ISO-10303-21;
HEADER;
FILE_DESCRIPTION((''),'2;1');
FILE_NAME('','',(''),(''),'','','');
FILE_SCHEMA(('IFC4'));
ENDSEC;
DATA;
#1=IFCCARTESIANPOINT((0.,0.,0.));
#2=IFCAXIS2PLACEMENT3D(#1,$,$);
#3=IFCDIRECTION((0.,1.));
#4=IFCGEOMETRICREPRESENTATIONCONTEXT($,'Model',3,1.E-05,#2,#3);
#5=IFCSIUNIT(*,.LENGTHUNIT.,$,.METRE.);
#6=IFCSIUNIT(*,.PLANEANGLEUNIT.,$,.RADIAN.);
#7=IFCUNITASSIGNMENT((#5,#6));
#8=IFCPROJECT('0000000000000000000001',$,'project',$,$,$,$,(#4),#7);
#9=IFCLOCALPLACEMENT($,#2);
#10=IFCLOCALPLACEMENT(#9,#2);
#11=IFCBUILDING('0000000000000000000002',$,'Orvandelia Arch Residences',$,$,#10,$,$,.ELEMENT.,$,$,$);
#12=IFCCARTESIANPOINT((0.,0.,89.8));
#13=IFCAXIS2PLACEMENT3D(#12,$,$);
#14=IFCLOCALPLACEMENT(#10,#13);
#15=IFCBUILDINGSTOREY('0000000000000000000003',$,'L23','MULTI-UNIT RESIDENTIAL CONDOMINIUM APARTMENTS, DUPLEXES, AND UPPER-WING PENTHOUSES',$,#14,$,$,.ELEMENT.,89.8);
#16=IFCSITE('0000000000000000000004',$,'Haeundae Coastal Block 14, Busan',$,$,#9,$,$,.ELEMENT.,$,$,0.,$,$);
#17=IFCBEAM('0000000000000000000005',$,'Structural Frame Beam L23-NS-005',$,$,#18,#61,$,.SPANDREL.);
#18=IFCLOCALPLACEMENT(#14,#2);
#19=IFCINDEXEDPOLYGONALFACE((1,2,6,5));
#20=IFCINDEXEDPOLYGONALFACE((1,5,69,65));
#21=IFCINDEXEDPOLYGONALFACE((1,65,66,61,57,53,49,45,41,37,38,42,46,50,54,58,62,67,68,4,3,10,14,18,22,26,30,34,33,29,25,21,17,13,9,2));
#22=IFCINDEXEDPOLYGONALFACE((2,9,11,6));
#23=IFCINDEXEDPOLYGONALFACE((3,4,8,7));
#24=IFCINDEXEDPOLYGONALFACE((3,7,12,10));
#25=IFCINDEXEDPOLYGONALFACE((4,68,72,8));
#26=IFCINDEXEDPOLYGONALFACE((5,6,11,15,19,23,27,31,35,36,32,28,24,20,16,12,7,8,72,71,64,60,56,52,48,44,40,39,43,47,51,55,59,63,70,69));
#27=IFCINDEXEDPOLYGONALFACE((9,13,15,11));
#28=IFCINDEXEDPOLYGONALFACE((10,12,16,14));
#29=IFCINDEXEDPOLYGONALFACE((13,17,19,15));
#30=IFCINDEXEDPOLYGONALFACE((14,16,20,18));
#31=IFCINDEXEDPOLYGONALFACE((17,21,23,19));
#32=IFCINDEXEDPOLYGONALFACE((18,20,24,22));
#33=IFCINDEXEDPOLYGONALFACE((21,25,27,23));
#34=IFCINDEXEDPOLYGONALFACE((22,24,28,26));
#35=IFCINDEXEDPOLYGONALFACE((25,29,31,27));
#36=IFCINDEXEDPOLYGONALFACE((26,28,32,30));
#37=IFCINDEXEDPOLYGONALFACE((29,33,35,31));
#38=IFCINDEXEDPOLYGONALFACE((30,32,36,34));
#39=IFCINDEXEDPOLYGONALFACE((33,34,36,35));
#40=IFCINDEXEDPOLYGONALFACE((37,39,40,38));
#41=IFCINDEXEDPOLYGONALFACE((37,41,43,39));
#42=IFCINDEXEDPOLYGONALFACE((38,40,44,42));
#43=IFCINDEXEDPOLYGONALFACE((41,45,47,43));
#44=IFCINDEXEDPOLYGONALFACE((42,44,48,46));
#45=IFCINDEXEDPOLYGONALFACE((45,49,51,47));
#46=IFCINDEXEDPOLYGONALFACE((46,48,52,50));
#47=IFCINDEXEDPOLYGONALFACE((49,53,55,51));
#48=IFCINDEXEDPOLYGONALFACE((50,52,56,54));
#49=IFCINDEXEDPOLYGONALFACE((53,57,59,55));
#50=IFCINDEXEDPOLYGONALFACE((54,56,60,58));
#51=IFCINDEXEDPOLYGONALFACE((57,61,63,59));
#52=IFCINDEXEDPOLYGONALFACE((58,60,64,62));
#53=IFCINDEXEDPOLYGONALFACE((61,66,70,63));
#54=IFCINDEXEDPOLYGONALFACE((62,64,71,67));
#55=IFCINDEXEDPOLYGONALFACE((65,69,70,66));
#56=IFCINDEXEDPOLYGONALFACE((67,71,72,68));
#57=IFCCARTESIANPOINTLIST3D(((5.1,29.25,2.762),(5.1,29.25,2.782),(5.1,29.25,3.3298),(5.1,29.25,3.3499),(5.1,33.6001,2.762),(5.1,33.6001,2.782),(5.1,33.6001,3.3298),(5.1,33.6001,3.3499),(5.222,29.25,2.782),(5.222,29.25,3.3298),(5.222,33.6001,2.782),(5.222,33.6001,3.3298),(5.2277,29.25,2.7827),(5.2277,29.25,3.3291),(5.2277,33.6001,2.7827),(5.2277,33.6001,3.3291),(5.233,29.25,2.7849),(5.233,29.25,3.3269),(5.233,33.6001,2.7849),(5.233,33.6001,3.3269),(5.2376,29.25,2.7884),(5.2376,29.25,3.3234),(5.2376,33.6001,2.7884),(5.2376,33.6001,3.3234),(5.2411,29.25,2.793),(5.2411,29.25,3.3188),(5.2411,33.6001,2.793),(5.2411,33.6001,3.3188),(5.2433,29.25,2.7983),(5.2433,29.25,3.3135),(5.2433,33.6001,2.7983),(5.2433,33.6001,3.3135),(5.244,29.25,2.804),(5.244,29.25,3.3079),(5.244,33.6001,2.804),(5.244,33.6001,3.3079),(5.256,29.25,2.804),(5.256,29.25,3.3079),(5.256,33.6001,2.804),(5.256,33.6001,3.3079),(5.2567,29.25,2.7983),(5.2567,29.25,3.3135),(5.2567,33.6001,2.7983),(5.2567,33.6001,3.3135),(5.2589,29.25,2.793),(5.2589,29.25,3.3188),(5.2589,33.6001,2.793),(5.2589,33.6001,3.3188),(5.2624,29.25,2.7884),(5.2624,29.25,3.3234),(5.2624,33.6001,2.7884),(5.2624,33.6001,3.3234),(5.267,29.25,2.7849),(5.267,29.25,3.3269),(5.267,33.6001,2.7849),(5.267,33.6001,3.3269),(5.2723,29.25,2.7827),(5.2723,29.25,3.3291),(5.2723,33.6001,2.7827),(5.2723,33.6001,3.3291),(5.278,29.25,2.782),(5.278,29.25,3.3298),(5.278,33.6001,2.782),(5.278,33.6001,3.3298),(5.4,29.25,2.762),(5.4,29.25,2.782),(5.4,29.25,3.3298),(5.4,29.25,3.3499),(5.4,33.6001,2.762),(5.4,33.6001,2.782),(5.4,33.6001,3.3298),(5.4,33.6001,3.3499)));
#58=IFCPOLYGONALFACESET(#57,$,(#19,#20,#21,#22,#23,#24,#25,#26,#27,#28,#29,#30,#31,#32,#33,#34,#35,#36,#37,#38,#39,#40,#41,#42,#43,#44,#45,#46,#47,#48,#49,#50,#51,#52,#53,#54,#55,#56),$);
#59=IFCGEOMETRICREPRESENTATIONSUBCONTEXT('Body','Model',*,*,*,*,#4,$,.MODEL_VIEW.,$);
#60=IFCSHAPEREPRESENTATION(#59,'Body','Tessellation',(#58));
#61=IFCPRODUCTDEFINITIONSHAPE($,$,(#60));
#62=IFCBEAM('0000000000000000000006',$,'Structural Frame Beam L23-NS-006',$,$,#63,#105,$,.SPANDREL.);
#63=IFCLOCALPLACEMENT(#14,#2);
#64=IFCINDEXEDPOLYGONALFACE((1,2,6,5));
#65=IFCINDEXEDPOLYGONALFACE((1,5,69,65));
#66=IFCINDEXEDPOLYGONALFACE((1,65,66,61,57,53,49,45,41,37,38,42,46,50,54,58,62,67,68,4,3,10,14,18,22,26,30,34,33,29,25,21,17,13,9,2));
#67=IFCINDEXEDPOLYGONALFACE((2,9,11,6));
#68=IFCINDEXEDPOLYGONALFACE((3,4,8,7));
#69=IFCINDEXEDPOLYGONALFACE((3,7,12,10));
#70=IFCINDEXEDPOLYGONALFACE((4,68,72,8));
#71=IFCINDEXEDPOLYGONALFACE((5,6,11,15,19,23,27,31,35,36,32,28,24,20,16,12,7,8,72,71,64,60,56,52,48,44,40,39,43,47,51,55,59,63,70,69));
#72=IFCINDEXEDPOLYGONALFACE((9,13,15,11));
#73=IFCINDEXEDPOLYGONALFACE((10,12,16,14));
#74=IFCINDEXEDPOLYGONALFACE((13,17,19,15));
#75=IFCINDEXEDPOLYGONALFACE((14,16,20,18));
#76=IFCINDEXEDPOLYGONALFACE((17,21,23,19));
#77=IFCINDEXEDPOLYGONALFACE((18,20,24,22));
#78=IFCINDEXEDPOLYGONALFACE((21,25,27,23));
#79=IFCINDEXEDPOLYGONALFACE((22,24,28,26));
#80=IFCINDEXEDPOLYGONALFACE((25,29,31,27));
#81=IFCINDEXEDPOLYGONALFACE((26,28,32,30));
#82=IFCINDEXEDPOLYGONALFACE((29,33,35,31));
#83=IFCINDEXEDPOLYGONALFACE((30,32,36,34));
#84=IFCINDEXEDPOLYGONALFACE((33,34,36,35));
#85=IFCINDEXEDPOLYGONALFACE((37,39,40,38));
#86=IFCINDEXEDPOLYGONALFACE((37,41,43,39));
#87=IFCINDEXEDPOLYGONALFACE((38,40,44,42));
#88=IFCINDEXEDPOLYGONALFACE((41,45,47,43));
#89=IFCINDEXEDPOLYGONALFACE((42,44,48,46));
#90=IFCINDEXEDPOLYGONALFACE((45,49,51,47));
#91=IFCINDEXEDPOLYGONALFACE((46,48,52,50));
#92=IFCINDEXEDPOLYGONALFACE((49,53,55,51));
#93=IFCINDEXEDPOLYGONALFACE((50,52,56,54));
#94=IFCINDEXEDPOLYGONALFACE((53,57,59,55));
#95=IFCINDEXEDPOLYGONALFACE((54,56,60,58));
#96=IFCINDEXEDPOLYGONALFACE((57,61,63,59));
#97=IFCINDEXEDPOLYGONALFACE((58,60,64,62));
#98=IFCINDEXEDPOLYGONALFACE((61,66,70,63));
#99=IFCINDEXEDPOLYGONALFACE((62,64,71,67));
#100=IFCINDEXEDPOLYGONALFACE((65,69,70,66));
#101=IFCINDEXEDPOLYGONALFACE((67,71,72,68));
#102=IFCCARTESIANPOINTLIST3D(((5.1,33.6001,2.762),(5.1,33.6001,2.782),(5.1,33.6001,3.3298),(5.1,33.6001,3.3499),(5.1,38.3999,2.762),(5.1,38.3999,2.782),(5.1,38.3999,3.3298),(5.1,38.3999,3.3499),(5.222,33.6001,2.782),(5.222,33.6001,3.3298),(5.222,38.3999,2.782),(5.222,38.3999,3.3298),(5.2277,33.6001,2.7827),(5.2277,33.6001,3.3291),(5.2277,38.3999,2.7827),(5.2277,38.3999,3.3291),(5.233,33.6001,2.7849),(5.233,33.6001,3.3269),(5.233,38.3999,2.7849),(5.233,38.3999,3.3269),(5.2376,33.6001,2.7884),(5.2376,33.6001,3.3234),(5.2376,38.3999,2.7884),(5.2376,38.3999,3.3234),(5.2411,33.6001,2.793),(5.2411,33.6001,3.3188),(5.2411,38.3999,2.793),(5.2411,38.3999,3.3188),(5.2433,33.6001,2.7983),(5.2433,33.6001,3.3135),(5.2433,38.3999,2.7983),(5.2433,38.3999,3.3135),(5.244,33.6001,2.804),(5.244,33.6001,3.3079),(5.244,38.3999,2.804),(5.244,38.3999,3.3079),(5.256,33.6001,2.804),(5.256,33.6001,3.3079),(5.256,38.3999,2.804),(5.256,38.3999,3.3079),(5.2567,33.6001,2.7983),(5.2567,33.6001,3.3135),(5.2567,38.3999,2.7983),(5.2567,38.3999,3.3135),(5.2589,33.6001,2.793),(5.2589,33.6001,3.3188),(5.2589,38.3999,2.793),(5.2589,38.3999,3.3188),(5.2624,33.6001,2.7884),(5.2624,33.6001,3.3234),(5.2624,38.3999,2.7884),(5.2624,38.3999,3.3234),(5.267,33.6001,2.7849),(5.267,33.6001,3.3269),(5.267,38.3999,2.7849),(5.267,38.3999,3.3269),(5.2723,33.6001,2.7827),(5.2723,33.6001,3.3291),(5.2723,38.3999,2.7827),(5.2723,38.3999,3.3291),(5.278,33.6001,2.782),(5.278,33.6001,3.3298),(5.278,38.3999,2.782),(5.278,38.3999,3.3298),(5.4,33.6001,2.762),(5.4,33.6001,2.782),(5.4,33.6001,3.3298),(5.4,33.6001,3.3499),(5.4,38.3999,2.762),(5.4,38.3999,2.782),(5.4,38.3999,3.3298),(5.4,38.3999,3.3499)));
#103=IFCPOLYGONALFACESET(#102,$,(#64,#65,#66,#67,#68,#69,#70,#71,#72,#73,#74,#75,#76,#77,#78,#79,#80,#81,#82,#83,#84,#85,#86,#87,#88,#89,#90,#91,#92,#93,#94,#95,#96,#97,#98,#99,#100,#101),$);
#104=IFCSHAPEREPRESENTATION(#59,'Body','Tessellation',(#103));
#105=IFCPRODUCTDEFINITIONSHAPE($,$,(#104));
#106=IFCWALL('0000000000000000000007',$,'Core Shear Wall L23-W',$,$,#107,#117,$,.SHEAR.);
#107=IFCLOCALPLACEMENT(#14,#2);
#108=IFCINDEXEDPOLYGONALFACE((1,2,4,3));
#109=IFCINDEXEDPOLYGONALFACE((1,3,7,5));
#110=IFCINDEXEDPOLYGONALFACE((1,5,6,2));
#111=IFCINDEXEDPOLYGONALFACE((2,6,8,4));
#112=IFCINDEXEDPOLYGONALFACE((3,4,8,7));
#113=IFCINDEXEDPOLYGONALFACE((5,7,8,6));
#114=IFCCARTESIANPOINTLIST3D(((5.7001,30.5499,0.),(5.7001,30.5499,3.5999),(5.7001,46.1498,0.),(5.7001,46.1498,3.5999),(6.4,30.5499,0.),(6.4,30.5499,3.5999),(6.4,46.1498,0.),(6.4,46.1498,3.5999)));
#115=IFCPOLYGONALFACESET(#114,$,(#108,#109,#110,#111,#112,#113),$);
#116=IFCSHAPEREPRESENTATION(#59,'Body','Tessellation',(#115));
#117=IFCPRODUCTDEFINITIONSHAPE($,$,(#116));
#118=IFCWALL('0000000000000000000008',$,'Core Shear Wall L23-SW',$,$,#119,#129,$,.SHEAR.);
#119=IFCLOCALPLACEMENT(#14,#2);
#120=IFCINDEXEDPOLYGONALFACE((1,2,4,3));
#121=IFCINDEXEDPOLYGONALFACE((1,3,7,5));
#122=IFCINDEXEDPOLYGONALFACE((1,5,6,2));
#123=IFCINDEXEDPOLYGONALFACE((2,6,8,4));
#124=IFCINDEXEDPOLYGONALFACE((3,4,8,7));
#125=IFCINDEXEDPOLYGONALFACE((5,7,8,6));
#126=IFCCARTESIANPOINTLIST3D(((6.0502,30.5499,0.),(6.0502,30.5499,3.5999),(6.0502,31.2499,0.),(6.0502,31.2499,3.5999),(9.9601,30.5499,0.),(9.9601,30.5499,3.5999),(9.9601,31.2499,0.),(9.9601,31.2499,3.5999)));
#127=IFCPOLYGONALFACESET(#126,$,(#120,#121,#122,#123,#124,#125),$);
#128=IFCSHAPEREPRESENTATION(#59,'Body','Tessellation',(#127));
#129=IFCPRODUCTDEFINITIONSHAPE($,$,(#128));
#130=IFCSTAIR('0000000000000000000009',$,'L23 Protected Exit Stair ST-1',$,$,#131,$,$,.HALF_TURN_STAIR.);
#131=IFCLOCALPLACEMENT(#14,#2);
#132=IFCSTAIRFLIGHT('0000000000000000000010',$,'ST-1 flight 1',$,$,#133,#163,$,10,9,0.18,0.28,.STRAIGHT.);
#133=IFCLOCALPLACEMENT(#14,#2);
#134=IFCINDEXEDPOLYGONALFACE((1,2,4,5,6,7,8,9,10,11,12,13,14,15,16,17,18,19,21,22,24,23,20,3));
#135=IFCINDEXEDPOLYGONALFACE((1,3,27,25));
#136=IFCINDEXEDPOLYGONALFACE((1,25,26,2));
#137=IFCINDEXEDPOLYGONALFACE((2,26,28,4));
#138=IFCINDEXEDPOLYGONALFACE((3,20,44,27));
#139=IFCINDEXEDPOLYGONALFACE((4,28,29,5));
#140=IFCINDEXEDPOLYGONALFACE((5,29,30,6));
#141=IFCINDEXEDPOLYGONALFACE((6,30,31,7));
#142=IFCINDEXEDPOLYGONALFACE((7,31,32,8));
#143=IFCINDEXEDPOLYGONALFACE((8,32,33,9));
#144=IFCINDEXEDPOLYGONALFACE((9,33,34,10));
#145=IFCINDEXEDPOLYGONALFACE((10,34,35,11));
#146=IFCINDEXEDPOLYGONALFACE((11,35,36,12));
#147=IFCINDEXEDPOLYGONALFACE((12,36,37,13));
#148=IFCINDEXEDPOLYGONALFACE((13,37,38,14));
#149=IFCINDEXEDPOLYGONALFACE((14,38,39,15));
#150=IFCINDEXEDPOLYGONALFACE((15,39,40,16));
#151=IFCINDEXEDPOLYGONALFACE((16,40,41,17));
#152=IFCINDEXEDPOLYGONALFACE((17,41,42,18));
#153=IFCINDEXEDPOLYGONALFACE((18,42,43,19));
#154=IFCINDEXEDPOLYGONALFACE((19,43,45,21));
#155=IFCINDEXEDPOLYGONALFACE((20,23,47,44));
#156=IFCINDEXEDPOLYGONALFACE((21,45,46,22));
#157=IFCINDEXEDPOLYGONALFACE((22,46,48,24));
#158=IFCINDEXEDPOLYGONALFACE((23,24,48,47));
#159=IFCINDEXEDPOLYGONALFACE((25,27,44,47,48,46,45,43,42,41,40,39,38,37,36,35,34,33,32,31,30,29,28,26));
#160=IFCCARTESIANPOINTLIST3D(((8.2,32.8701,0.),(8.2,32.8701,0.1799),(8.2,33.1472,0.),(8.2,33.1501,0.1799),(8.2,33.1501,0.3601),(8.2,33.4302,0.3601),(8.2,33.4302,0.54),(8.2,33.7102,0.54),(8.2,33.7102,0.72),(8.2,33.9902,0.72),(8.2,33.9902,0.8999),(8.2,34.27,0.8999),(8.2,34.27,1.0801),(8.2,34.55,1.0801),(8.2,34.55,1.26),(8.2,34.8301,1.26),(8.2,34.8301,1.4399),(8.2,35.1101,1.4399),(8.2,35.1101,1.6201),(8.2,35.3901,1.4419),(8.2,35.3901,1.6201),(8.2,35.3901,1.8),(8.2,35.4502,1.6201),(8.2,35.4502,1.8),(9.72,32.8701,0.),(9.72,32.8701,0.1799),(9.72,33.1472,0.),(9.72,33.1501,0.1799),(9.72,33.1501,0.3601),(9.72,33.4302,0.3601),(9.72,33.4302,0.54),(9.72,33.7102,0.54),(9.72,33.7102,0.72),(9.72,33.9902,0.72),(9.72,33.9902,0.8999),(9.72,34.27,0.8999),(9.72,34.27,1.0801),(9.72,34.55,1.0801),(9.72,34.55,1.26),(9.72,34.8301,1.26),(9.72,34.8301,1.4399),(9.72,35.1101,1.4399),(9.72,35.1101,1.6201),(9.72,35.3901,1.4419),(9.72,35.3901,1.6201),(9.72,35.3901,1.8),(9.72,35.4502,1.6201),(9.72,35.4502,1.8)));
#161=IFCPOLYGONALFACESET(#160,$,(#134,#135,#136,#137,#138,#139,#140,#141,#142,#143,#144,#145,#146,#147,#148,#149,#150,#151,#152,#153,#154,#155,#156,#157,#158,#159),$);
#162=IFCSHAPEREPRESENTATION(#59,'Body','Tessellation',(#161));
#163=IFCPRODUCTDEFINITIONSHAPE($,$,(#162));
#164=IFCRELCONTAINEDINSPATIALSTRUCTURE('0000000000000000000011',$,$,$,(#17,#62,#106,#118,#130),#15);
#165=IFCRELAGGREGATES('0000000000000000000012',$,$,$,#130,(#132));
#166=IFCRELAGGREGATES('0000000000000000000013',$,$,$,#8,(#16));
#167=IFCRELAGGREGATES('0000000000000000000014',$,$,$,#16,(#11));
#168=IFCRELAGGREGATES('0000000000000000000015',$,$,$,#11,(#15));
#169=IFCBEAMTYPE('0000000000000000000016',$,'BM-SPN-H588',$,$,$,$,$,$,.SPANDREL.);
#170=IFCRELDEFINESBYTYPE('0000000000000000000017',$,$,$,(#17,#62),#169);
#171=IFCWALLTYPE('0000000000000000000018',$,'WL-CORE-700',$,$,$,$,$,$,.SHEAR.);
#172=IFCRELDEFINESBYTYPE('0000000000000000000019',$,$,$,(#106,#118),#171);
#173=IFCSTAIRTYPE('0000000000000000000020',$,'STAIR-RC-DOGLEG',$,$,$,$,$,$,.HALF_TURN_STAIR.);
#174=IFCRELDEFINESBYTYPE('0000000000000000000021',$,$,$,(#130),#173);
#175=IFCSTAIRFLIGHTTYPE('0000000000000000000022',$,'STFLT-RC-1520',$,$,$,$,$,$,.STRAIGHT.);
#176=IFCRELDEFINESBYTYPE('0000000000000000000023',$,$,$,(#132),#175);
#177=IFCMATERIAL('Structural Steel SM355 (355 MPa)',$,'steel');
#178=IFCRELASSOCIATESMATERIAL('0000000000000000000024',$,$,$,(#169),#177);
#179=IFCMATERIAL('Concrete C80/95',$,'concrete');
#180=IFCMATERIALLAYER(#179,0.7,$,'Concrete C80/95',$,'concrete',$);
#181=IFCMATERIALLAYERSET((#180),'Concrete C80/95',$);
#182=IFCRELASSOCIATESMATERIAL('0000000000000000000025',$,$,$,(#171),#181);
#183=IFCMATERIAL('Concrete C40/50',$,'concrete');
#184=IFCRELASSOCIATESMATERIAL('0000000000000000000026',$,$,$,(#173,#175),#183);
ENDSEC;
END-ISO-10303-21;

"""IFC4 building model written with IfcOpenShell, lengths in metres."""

from ifc_helpers import new_model, si_unit, direction, frame, frame_2d, origin, origin_2d, place, context, subcontext, project, spatial, polyline, rectangle, i_section, outline, extrude, material, layer, layer_set, material_profile, profile_set, type_object, element, aggregate, save


model = new_model("IFC4")

# Units and contexts
model_context = context("Model", 3, precision=1e-05, world=origin(), true_north=direction((0.0, 1.0)))
body_context = subcontext(model_context, "Body", "Model", "MODEL_VIEW")
ifc_project = project(units=[si_unit("LENGTHUNIT", "METRE"), si_unit("PLANEANGLEUNIT", "RADIAN")], contexts=[model_context])

# Site, building, storey
site_placement = place(None, origin())
site = spatial("IfcSite", under=ifc_project, at=site_placement, Name="Haeundae Coastal Block 14, Busan", CompositionType="ELEMENT", RefElevation=0.0)
building_placement = place(site_placement, origin())
building = spatial("IfcBuilding", under=site, at=building_placement, Name="Orvandelia Arch Residences", CompositionType="ELEMENT")
storey_placement = place(building_placement, frame((0.0, 0.0, 89.8)))
storey = spatial("IfcBuildingStorey", under=building, at=storey_placement, Name="L23", Description="MULTI-UNIT RESIDENTIAL CONDOMINIUM APARTMENTS, DUPLEXES, AND UPPER-WING PENTHOUSES", CompositionType="ELEMENT", Elevation=89.8)

# Shared definitions
ifc_material_1 = material(Name="Concrete C80/95", Category="concrete")

# Beams
ifc_material_2 = material(Name="Structural Steel SM355 (355 MPa)", Category="steel")
ifc_material_profile_1 = material_profile(ifc_material_2, i_section(OverallWidth=0.3, OverallDepth=0.5879, WebThickness=0.012, FlangeThickness=0.02, FilletRadius=0.022, at=origin_2d()), Name="Structural Steel SM355 (355 MPa)", Category="steel")
ifc_profile_set_1 = profile_set([ifc_material_profile_1], Name="Structural Steel SM355 (355 MPa)")
beam_type_1 = type_object("IfcBeamType", Name="BM-SPN-H588", PredefinedType="SPANDREL", material=ifc_profile_set_1)
beam_1_placement = place(storey_placement, frame((5.25, 29.25, 3.0559), z_axis=(0.0, 1.0, 0.0), x_axis=(-1.0, 0.0, 0.0)))
element("IfcBeam", 1, at=beam_1_placement, inside=storey, type_object=beam_type_1, Name="Structural Frame Beam L23-NS-005", PredefinedType="SPANDREL", context=body_context, shape_type="SweptSolid", body=[
    extrude(i_section(OverallWidth=0.3, OverallDepth=0.5879, WebThickness=0.012, FlangeThickness=0.02, FilletRadius=0.022, at=origin_2d()), origin(), (0.0, 0.0, 1.0), 4.3501),
])
beam_2_placement = place(storey_placement, frame((5.25, 33.6001, 3.0559), z_axis=(0.0, 1.0, 0.0), x_axis=(-1.0, 0.0, 0.0)))
element("IfcBeam", 2, at=beam_2_placement, inside=storey, type_object=beam_type_1, Name="Structural Frame Beam L23-NS-006", PredefinedType="SPANDREL", context=body_context, shape_type="SweptSolid", body=[
    extrude(i_section(OverallWidth=0.3, OverallDepth=0.5879, WebThickness=0.012, FlangeThickness=0.02, FilletRadius=0.022, at=origin_2d()), origin(), (0.0, 0.0, 1.0), 4.7998),
])

# Walls
ifc_layer = layer(ifc_material_1, 0.7, Name="Concrete C80/95", Category="concrete")
ifc_layer_set = layer_set([ifc_layer], Name="Concrete C80/95")
wall_type = type_object("IfcWallType", Name="WL-CORE-700", PredefinedType="SHEAR", material=ifc_layer_set)
wall_1_placement = place(storey_placement, frame((6.05, 30.55, 0.0), z_axis=(0.0, 0.0, 1.0), x_axis=(0.0, 1.0, 0.0)))
element("IfcWall", 3, at=wall_1_placement, inside=storey, type_object=wall_type, Name="Core Shear Wall L23-W", PredefinedType="SHEAR", context=body_context, shape_type="SweptSolid", body=[
    extrude(rectangle(XDim=15.5999, YDim=0.7, at=frame_2d((7.7998, 0.0))), origin(), (0.0, 0.0, 1.0), 3.5999),
])
wall_2_placement = place(storey_placement, frame((6.05, 30.8999, 0.0), z_axis=(0.0, 0.0, 1.0), x_axis=(1.0, 0.0, 0.0)))
element("IfcWall", 4, at=wall_2_placement, inside=storey, type_object=wall_type, Name="Core Shear Wall L23-SW", PredefinedType="SHEAR", context=body_context, shape_type="SweptSolid", body=[
    extrude(rectangle(XDim=3.9099, YDim=0.7, at=frame_2d((1.9551, 0.0))), origin(), (0.0, 0.0, 1.0), 3.5999),
])

# Stair, stair flight
ifc_material_3 = material(Name="Concrete C40/50", Category="concrete")
stair_type = type_object("IfcStairType", Name="STAIR-RC-DOGLEG", PredefinedType="HALF_TURN_STAIR", material=ifc_material_3)
stair_placement = place(storey_placement, origin())
stair = element("IfcStair", 5, at=stair_placement, inside=storey, type_object=stair_type, Name="L23 Protected Exit Stair ST-1", PredefinedType="HALF_TURN_STAIR")
stair_flight_type = type_object("IfcStairFlightType", Name="STFLT-RC-1520", PredefinedType="STRAIGHT", material=ifc_material_3)
stair_flight_1_placement = place(storey_placement, frame((8.96, 32.8701, 0.0), z_axis=(0.0, 0.0, 1.0), x_axis=(0.0, 1.0, 0.0)))
stair_flight_1 = element("IfcStairFlight", 6, at=stair_flight_1_placement, type_object=stair_flight_type, Name="ST-1 flight 1", NumberOfRisers=10, NumberOfTreads=9, PredefinedType="STRAIGHT", RiserHeight=0.18, TreadLength=0.28, context=body_context, shape_type="SweptSolid", body=[
    extrude(outline(polyline([(0.0, 0.0), (0.0, 0.1799), (0.28, 0.1799), (0.28, 0.3601), (0.5601, 0.3601), (0.5601, 0.54), (0.8401, 0.54), (0.8401, 0.72), (1.1201, 0.72), (1.1201, 0.8999), (1.3999, 0.8999), (1.3999, 1.0801), (1.6799, 1.0801), (1.6799, 1.26), (1.96, 1.26), (1.96, 1.4399), (2.24, 1.4399), (2.24, 1.6201), (2.52, 1.6201), (2.52, 1.8), (2.5801, 1.8), (2.5801, 1.6201), (2.52, 1.4419), (0.2771, 0.0), (0.0, 0.0)])), frame((0.0, 0.76, 0.0), z_axis=(0.0, -1.0, 0.0), x_axis=(1.0, 0.0, 0.0)), (0.0, 0.0, 1.0), 1.52),
])
aggregate(stair, [stair_flight_1])

save(model, "model.ifc")
